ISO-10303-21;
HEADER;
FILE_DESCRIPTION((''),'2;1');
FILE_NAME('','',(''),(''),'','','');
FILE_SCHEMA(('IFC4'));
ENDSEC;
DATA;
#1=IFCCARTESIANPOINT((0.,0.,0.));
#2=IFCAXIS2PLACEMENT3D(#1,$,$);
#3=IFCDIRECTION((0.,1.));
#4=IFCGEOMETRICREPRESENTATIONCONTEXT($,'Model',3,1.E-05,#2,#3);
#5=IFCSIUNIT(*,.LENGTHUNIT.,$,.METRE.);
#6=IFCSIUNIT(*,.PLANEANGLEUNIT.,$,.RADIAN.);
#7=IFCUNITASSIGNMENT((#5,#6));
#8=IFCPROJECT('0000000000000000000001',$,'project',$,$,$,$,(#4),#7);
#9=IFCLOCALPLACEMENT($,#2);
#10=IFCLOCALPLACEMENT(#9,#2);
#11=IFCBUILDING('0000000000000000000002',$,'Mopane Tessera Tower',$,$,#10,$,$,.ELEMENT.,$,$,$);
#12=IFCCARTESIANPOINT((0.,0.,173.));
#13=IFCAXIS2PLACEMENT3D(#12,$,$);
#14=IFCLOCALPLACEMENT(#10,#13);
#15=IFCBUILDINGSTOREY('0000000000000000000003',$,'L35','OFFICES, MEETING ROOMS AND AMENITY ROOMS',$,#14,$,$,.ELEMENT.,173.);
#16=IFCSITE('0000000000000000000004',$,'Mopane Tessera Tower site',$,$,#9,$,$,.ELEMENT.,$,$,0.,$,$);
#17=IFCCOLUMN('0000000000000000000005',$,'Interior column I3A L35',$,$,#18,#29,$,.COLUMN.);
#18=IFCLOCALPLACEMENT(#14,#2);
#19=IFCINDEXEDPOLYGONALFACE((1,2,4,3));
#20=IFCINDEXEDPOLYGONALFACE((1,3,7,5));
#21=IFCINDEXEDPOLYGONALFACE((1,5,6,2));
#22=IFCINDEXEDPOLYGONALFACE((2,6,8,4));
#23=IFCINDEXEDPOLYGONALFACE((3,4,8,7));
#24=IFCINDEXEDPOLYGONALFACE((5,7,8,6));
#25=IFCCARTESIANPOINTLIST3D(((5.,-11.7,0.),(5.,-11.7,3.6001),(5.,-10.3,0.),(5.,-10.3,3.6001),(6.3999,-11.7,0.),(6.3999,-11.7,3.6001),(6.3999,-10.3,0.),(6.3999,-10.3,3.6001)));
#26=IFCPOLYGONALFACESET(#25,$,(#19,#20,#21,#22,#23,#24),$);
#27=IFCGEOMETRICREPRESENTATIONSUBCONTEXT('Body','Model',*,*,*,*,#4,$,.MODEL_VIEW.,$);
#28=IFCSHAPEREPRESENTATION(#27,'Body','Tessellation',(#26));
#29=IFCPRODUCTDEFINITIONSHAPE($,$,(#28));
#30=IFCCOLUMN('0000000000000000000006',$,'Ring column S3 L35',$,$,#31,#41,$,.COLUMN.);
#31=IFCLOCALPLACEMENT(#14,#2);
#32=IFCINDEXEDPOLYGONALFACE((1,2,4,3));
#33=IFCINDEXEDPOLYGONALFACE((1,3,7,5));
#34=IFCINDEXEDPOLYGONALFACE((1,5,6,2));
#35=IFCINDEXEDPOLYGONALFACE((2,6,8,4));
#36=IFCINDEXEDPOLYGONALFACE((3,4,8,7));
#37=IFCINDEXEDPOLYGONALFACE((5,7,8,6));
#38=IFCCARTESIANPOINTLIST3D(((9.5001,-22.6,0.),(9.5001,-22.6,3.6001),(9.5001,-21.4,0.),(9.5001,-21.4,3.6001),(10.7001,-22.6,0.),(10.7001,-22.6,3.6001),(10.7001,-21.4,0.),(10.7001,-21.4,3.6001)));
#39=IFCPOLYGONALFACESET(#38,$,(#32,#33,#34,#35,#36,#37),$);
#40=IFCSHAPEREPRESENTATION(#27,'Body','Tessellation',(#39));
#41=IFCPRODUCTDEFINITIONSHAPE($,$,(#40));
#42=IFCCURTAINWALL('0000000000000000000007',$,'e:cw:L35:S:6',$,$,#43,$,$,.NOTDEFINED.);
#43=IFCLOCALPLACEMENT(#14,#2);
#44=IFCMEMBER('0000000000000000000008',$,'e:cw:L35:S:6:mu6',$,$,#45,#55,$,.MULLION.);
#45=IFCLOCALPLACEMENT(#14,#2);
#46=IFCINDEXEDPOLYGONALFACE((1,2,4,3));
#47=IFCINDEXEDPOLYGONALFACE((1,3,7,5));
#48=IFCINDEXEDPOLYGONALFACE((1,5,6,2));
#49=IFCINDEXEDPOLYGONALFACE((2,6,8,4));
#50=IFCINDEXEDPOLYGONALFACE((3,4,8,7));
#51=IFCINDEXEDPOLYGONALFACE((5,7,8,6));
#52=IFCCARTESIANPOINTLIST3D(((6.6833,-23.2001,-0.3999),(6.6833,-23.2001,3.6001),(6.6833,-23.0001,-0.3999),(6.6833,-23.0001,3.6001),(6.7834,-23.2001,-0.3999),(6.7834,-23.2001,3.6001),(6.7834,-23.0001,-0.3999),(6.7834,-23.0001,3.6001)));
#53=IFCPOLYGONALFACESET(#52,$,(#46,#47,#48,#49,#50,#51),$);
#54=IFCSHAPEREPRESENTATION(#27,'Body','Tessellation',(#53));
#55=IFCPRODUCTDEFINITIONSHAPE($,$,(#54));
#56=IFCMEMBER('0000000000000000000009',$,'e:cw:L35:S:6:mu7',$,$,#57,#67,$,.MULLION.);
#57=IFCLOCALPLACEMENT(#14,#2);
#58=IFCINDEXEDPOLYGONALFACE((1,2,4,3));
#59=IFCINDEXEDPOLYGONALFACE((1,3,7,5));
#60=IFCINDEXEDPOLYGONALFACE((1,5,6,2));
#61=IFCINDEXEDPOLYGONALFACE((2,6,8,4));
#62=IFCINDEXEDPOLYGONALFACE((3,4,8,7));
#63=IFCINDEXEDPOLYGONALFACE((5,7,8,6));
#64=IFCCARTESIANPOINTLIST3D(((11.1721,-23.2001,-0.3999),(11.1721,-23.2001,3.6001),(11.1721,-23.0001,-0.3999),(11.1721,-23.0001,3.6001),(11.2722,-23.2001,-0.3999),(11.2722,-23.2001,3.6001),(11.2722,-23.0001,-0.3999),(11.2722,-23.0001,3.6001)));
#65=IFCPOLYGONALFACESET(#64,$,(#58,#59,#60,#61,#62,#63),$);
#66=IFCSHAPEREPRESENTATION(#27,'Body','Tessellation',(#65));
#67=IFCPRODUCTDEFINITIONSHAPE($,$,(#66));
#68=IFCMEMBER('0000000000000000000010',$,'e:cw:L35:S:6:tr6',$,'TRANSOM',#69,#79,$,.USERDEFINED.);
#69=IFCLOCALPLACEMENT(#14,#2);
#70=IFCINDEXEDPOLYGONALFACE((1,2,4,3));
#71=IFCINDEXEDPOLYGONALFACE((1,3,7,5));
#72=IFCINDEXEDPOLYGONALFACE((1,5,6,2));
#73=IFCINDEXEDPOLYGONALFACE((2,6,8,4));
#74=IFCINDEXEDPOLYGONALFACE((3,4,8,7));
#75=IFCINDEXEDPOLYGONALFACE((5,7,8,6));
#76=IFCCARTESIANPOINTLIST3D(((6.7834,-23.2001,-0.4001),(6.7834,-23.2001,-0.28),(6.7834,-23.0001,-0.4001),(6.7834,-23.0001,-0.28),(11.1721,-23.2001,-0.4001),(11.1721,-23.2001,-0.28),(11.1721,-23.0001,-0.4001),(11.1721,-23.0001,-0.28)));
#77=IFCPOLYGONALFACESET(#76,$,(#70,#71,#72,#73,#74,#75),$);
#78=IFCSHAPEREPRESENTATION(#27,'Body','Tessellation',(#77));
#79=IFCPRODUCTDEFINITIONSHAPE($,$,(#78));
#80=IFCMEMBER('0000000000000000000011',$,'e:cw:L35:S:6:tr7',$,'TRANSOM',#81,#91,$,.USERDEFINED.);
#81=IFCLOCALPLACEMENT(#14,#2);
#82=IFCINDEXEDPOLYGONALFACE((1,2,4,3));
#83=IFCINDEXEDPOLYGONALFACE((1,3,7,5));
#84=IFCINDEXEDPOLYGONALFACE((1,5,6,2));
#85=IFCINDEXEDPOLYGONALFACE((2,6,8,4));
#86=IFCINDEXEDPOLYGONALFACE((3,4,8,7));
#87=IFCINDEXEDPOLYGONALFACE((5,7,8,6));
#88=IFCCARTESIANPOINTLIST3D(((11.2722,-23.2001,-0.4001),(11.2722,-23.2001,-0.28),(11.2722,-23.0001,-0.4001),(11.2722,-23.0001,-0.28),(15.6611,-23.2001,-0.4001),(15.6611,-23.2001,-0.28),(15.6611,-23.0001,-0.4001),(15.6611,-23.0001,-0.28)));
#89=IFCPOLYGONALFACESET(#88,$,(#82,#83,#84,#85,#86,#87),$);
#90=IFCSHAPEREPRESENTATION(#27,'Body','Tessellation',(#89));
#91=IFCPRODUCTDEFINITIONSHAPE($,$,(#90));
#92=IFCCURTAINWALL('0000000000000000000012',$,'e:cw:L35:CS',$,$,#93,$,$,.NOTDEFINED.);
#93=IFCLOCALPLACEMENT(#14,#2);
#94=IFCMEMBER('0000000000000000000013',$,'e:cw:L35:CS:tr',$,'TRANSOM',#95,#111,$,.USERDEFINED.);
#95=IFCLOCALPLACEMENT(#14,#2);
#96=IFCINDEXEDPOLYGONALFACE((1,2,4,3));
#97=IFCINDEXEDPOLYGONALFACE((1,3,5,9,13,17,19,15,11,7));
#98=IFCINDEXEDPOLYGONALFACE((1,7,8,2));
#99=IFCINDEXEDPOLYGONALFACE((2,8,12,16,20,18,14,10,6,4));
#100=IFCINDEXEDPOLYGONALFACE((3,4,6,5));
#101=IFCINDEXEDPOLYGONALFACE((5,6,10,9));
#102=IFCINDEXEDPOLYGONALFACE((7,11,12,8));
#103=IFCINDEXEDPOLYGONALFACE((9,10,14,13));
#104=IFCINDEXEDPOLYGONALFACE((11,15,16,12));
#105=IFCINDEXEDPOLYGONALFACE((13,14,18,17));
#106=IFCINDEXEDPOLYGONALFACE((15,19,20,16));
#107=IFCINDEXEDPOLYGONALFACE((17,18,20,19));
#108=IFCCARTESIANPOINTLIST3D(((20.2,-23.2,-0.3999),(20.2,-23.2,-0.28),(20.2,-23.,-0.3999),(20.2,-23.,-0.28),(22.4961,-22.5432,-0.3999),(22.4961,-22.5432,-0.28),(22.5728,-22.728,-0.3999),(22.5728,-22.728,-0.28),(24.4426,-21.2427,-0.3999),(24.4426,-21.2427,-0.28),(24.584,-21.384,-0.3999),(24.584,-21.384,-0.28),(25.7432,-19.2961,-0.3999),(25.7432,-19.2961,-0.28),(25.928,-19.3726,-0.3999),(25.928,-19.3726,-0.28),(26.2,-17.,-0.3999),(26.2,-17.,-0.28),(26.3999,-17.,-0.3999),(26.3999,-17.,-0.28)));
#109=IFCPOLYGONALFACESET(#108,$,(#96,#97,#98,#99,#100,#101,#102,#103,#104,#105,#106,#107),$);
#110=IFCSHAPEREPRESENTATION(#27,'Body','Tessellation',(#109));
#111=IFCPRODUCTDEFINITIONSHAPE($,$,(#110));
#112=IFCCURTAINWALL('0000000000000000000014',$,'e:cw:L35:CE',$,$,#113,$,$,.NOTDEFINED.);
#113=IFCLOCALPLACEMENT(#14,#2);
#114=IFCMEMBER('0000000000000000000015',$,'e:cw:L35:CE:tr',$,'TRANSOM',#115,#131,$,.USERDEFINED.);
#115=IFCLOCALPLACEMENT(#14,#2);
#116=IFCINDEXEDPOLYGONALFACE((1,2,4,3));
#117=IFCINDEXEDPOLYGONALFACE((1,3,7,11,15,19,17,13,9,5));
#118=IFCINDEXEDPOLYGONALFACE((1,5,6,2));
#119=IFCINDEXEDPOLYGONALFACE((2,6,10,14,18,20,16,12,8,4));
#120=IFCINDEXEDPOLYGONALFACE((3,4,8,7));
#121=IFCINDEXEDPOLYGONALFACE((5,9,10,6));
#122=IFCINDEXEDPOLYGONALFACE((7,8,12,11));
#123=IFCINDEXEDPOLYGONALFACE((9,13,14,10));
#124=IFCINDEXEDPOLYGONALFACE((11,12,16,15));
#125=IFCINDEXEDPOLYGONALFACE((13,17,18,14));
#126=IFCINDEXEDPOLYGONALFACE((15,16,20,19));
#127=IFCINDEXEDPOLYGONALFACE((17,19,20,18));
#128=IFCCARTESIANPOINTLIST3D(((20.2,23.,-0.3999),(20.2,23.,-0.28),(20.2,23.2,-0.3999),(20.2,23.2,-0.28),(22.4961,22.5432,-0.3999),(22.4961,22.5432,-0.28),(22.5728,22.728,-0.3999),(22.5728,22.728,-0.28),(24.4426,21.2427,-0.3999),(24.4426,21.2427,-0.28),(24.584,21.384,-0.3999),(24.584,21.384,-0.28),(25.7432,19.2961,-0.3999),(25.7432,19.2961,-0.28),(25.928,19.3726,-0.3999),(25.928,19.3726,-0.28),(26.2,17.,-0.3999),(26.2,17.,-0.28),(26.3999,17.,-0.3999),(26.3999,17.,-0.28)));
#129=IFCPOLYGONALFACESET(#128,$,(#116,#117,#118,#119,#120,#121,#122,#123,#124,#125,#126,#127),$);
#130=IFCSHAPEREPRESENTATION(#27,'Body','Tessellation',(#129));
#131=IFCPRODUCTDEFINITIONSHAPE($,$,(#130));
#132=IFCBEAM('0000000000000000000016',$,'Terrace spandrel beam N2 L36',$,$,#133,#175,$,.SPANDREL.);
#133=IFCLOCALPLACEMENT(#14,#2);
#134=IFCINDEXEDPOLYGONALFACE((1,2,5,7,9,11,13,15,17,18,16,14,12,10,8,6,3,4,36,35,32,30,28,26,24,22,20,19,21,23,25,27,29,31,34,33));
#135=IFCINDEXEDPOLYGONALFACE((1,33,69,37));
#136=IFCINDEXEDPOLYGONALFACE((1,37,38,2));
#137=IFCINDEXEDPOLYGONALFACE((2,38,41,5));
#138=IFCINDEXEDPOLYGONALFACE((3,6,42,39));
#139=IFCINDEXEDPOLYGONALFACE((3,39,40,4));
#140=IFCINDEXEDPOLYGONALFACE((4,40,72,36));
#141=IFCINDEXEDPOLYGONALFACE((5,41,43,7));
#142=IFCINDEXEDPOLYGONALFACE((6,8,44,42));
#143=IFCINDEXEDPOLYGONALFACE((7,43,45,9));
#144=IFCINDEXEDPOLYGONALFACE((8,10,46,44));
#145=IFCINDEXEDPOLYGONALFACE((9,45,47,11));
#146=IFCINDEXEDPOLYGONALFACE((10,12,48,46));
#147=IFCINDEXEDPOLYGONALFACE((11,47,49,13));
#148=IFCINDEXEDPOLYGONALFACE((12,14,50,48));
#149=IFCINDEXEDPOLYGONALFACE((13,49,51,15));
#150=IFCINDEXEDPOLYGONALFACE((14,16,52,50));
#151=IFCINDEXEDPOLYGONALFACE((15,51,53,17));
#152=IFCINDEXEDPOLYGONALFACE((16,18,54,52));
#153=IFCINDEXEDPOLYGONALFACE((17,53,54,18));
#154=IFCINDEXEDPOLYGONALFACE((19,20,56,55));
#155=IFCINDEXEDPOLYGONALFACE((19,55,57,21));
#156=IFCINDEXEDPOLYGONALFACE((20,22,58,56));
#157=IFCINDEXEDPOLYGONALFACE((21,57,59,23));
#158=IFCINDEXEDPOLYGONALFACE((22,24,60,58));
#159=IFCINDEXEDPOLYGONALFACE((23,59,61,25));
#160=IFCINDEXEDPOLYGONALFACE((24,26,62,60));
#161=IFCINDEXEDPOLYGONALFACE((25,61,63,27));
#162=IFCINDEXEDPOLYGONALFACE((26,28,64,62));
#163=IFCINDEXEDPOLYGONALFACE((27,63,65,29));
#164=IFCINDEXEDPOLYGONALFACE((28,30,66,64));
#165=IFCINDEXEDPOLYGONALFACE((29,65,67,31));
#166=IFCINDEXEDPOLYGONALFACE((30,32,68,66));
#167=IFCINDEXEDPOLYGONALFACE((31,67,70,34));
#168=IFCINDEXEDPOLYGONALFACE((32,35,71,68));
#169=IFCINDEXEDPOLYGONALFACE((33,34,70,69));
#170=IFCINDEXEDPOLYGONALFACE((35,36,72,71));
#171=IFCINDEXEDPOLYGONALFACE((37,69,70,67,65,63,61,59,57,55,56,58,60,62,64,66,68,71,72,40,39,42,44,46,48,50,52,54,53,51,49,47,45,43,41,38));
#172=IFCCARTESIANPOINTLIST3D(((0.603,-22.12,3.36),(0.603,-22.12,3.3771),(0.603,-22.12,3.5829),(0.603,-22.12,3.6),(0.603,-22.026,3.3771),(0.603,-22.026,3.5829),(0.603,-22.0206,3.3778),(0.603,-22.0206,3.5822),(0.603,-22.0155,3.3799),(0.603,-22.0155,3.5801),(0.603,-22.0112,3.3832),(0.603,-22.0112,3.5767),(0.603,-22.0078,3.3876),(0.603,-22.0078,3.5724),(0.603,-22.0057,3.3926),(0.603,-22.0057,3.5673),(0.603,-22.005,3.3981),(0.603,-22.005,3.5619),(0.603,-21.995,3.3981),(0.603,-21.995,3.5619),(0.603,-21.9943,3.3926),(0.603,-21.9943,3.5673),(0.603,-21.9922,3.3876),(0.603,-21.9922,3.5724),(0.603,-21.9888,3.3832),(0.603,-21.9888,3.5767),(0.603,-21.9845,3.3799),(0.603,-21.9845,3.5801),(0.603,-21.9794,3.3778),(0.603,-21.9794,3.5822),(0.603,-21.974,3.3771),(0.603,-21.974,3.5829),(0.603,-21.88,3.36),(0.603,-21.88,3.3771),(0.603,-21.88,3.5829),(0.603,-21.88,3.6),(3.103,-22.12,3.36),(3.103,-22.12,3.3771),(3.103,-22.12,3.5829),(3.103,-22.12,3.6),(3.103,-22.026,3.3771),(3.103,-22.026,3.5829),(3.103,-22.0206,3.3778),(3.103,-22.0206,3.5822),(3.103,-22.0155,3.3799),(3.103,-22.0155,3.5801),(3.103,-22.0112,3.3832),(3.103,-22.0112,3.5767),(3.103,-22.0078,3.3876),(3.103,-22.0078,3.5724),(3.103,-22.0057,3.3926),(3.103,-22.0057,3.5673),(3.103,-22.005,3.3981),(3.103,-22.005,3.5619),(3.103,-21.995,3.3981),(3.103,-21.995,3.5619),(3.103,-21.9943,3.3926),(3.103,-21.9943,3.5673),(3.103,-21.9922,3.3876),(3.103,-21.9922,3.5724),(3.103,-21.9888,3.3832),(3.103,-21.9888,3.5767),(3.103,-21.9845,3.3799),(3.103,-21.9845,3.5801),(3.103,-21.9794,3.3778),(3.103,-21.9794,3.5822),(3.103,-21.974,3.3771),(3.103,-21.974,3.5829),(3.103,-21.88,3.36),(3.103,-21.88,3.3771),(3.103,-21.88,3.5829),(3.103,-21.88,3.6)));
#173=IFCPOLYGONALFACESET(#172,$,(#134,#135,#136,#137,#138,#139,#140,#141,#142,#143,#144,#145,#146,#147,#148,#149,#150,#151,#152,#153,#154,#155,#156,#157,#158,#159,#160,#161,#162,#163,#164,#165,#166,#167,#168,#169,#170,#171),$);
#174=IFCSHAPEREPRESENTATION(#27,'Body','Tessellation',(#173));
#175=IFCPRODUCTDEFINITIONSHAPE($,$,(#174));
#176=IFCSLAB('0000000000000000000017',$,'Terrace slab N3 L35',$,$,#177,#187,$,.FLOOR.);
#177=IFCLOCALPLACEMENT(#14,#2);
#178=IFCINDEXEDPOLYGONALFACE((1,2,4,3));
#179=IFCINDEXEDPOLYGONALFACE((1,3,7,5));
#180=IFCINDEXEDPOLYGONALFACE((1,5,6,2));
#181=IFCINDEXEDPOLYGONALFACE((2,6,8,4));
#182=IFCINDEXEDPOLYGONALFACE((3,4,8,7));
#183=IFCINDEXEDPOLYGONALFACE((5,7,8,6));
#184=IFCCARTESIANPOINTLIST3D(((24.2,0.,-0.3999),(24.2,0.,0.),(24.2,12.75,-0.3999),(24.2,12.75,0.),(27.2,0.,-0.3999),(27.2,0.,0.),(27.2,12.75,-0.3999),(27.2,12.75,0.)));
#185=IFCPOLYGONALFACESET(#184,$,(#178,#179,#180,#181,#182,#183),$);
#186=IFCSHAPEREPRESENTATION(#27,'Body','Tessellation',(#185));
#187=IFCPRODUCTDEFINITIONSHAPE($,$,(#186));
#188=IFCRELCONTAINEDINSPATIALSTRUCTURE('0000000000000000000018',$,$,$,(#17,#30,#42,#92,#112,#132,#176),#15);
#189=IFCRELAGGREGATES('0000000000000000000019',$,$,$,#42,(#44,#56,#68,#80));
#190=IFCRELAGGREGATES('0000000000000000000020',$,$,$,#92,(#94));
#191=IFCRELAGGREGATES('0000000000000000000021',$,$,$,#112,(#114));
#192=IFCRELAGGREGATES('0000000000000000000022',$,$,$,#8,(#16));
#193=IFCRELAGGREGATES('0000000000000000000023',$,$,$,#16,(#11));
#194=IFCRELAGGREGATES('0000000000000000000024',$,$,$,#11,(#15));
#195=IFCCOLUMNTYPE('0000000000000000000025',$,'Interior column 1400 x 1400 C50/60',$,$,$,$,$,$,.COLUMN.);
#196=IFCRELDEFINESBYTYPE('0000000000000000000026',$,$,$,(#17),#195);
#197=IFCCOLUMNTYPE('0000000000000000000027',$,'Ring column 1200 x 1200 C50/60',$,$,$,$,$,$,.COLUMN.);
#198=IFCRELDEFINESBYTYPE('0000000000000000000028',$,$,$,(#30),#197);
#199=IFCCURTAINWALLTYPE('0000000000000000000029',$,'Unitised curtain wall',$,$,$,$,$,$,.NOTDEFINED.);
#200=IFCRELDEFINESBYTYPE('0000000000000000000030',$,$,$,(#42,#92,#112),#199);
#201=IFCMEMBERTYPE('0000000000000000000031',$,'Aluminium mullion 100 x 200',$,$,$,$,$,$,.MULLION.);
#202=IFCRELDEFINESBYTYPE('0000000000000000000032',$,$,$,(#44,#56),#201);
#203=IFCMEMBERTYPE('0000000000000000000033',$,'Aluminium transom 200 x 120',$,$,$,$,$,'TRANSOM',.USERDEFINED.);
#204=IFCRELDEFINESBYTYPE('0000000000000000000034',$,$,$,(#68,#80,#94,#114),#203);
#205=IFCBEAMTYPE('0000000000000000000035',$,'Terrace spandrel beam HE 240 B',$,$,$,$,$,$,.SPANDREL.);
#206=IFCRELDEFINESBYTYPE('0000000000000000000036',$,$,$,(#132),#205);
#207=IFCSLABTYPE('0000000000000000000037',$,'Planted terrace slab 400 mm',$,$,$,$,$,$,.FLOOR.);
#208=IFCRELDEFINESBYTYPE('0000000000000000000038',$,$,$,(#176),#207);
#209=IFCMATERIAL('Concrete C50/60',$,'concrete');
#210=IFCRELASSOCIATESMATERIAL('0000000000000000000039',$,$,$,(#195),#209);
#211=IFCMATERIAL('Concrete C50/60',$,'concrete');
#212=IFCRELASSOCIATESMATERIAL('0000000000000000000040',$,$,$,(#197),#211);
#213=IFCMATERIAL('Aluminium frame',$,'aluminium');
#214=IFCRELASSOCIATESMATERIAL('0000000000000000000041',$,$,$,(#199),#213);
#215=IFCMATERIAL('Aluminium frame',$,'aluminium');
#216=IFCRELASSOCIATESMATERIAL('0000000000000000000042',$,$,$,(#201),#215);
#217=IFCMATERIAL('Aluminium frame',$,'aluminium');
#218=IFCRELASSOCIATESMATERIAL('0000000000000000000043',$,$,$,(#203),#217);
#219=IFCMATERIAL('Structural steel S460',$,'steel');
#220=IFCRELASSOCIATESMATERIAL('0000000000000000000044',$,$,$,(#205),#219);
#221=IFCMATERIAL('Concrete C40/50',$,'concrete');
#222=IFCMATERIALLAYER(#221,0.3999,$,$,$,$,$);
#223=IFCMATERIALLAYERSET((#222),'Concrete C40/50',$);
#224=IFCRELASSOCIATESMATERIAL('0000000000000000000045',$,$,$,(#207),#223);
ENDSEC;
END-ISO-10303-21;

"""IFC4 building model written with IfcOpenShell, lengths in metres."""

from ifc_helpers import new_model, si_unit, direction, frame, origin, origin_2d, place, context, subcontext, project, spatial, polyline, rectangle, i_section, outline, extrude, material, layer, layer_set, material_profile, profile_set, type_object, element, aggregate, save


model = new_model("IFC4")

# Units and contexts
model_context = context("Model", 3, precision=1e-05, world=origin(), true_north=direction((0.0, 1.0)))
body_context = subcontext(model_context, "Body", "Model", "MODEL_VIEW")
ifc_project = project(units=[si_unit("LENGTHUNIT", "METRE"), si_unit("PLANEANGLEUNIT", "RADIAN")], contexts=[model_context])

# Site, building, storey
site_placement = place(None, origin())
site = spatial("IfcSite", under=ifc_project, at=site_placement, Name="Mopane Tessera Tower site", CompositionType="ELEMENT", RefElevation=0.0)
building_placement = place(site_placement, origin())
building = spatial("IfcBuilding", under=site, at=building_placement, Name="Mopane Tessera Tower", CompositionType="ELEMENT")
storey_placement = place(building_placement, frame((0.0, 0.0, 173.0)))
storey = spatial("IfcBuildingStorey", under=building, at=storey_placement, Name="L35", Description="OFFICES, MEETING ROOMS AND AMENITY ROOMS", CompositionType="ELEMENT", Elevation=173.0)

# Columns
ifc_material_1 = material(Name="Concrete C50/60", Category="concrete")
ifc_material_profile_1 = material_profile(ifc_material_1, rectangle(XDim=1.3999, YDim=1.3999, at=origin_2d()))
ifc_profile_set_1 = profile_set([ifc_material_profile_1], Name="Concrete C50/60")
column_type_1 = type_object("IfcColumnType", Name="Interior column 1400 x 1400 C50/60", PredefinedType="COLUMN", material=ifc_profile_set_1)
column_1_placement = place(storey_placement, frame((5.7, -11.0, 0.0), z_axis=(0.0, 0.0, 1.0), x_axis=(1.0, 0.0, 0.0)))
element("IfcColumn", 1, at=column_1_placement, inside=storey, type_object=column_type_1, Name="Interior column I3A L35", PredefinedType="COLUMN", context=body_context, shape_type="SweptSolid", body=[
    extrude(rectangle(XDim=1.3999, YDim=1.3999, at=origin_2d()), origin(), (0.0, 0.0, 1.0), 3.6001),
])
ifc_material_2 = material(Name="Concrete C50/60", Category="concrete")
ifc_material_profile_2 = material_profile(ifc_material_2, rectangle(XDim=1.2, YDim=1.2, at=origin_2d()))
ifc_profile_set_2 = profile_set([ifc_material_profile_2], Name="Concrete C50/60")
column_type_2 = type_object("IfcColumnType", Name="Ring column 1200 x 1200 C50/60", PredefinedType="COLUMN", material=ifc_profile_set_2)
column_2_placement = place(storey_placement, frame((10.1001, -22.0, 0.0), z_axis=(0.0, 0.0, 1.0), x_axis=(1.0, 0.0, 0.0)))
element("IfcColumn", 2, at=column_2_placement, inside=storey, type_object=column_type_2, Name="Ring column S3 L35", PredefinedType="COLUMN", context=body_context, shape_type="SweptSolid", body=[
    extrude(rectangle(XDim=1.2, YDim=1.2, at=origin_2d()), origin(), (0.0, 0.0, 1.0), 3.6001),
])

# Curtain wall, members
ifc_material_3 = material(Name="Aluminium frame", Category="aluminium")
curtain_wall_type = type_object("IfcCurtainWallType", Name="Unitised curtain wall", PredefinedType="NOTDEFINED", material=ifc_material_3)
curtain_wall_1_placement = place(storey_placement, origin())
curtain_wall_1 = element("IfcCurtainWall", 3, at=curtain_wall_1_placement, inside=storey, type_object=curtain_wall_type, Name="e:cw:L35:S:6", PredefinedType="NOTDEFINED")
ifc_material_4 = material(Name="Aluminium frame", Category="aluminium")
ifc_material_profile_3 = material_profile(ifc_material_4, rectangle(XDim=0.1001, YDim=0.2, at=origin_2d()))
ifc_profile_set_3 = profile_set([ifc_material_profile_3], Name="Aluminium frame")
member_type_1 = type_object("IfcMemberType", Name="Aluminium mullion 100 x 200", PredefinedType="MULLION", material=ifc_profile_set_3)
member_1_placement = place(storey_placement, frame((6.7334, -23.1001, -0.3999), z_axis=(0.0, 0.0, 1.0), x_axis=(1.0, 0.0, 0.0)))
member_1 = element("IfcMember", 4, at=member_1_placement, type_object=member_type_1, Name="e:cw:L35:S:6:mu6", PredefinedType="MULLION", context=body_context, shape_type="SweptSolid", body=[
    extrude(rectangle(XDim=0.1001, YDim=0.2, at=origin_2d()), origin(), (0.0, 0.0, 1.0), 4.0),
])
member_2_placement = place(storey_placement, frame((11.2222, -23.1001, -0.3999), z_axis=(0.0, 0.0, 1.0), x_axis=(1.0, 0.0, 0.0)))
member_2 = element("IfcMember", 5, at=member_2_placement, type_object=member_type_1, Name="e:cw:L35:S:6:mu7", PredefinedType="MULLION", context=body_context, shape_type="SweptSolid", body=[
    extrude(rectangle(XDim=0.1001, YDim=0.2, at=origin_2d()), origin(), (0.0, 0.0, 1.0), 4.0),
])
ifc_material_5 = material(Name="Aluminium frame", Category="aluminium")
ifc_material_profile_4 = material_profile(ifc_material_5, rectangle(XDim=0.2, YDim=0.1201, at=origin_2d()))
ifc_profile_set_4 = profile_set([ifc_material_profile_4], Name="Aluminium frame")
member_type_2 = type_object("IfcMemberType", Name="Aluminium transom 200 x 120", ElementType="TRANSOM", PredefinedType="USERDEFINED", material=ifc_profile_set_4)
member_3_placement = place(storey_placement, frame((6.7834, -23.1001, -0.3401), z_axis=(1.0, 0.0, 0.0), x_axis=(0.0, 1.0, 0.0)))
member_3 = element("IfcMember", 6, at=member_3_placement, type_object=member_type_2, Name="e:cw:L35:S:6:tr6", ObjectType="TRANSOM", PredefinedType="USERDEFINED", context=body_context, shape_type="SweptSolid", body=[
    extrude(rectangle(XDim=0.2, YDim=0.1201, at=origin_2d()), origin(), (0.0, 0.0, 1.0), 4.3887),
])
member_4_placement = place(storey_placement, frame((11.2722, -23.1001, -0.3401), z_axis=(1.0, 0.0, 0.0), x_axis=(0.0, 1.0, 0.0)))
member_4 = element("IfcMember", 7, at=member_4_placement, type_object=member_type_2, Name="e:cw:L35:S:6:tr7", ObjectType="TRANSOM", PredefinedType="USERDEFINED", context=body_context, shape_type="SweptSolid", body=[
    extrude(rectangle(XDim=0.2, YDim=0.1201, at=origin_2d()), origin(), (0.0, 0.0, 1.0), 4.3889),
])

# Curtain walls, members
curtain_wall_2_placement = place(storey_placement, origin())
curtain_wall_2 = element("IfcCurtainWall", 8, at=curtain_wall_2_placement, inside=storey, type_object=curtain_wall_type, Name="e:cw:L35:CS", PredefinedType="NOTDEFINED")
member_5_placement = place(storey_placement, frame((0.0, 0.0, -0.3999)))
member_5 = element("IfcMember", 9, at=member_5_placement, type_object=member_type_2, Name="e:cw:L35:CS:tr", ObjectType="TRANSOM", PredefinedType="USERDEFINED", context=body_context, shape_type="SweptSolid", body=[
    extrude(outline(polyline([(20.2, -23.0), (22.4961, -22.5432), (24.4426, -21.2427), (25.7432, -19.2961), (26.2, -17.0), (26.3999, -17.0), (25.928, -19.3726), (24.584, -21.384), (22.5728, -22.728), (20.2, -23.2), (20.2, -23.0)])), origin(), (0.0, 0.0, 1.0), 0.1199),
])
curtain_wall_3_placement = place(storey_placement, origin())
curtain_wall_3 = element("IfcCurtainWall", 10, at=curtain_wall_3_placement, inside=storey, type_object=curtain_wall_type, Name="e:cw:L35:CE", PredefinedType="NOTDEFINED")
member_6_placement = place(storey_placement, frame((0.0, 0.0, -0.3999)))
member_6 = element("IfcMember", 11, at=member_6_placement, type_object=member_type_2, Name="e:cw:L35:CE:tr", ObjectType="TRANSOM", PredefinedType="USERDEFINED", context=body_context, shape_type="SweptSolid", body=[
    extrude(outline(polyline([(26.2, 17.0), (25.7432, 19.2961), (24.4426, 21.2427), (22.4961, 22.5432), (20.2, 23.0), (20.2, 23.2), (22.5728, 22.728), (24.584, 21.384), (25.928, 19.3726), (26.3999, 17.0), (26.2, 17.0)])), origin(), (0.0, 0.0, 1.0), 0.1199),
])

# Beam
ifc_material_6 = material(Name="Structural steel S460", Category="steel")
ifc_material_profile_5 = material_profile(ifc_material_6, i_section(OverallWidth=0.24, OverallDepth=0.24, WebThickness=0.01, FlangeThickness=0.0171, FilletRadius=0.021, at=origin_2d()))
ifc_profile_set_5 = profile_set([ifc_material_profile_5], Name="Structural steel S460")
beam_type = type_object("IfcBeamType", Name="Terrace spandrel beam HE 240 B", PredefinedType="SPANDREL", material=ifc_profile_set_5)
beam_placement = place(storey_placement, frame((0.603, -22.0, 3.48), z_axis=(1.0, 0.0, 0.0), x_axis=(0.0, 1.0, 0.0)))
element("IfcBeam", 12, at=beam_placement, inside=storey, type_object=beam_type, Name="Terrace spandrel beam N2 L36", PredefinedType="SPANDREL", context=body_context, shape_type="SweptSolid", body=[
    extrude(i_section(OverallWidth=0.24, OverallDepth=0.24, WebThickness=0.01, FlangeThickness=0.0171, FilletRadius=0.021, at=origin_2d()), origin(), (0.0, 0.0, 1.0), 2.5),
])

# Slab
ifc_material_7 = material(Name="Concrete C40/50", Category="concrete")
ifc_layer_1 = layer(ifc_material_7, 0.3999)
ifc_layer_set_1 = layer_set([ifc_layer_1], Name="Concrete C40/50")
slab_type = type_object("IfcSlabType", Name="Planted terrace slab 400 mm", PredefinedType="FLOOR", material=ifc_layer_set_1)
slab_placement = place(storey_placement, frame((0.0, 0.0, -0.3999)))
element("IfcSlab", 13, at=slab_placement, inside=storey, type_object=slab_type, Name="Terrace slab N3 L35", PredefinedType="FLOOR", context=body_context, shape_type="SweptSolid", body=[
    extrude(outline(polyline([(27.2, 12.75), (24.2, 12.75), (24.2, 0.0), (27.2, 0.0), (27.2, 12.75)])), origin(), (0.0, 0.0, 1.0), 0.3999),
])

aggregate(curtain_wall_1, [member_1, member_2, member_3, member_4])
aggregate(curtain_wall_2, [member_5])
aggregate(curtain_wall_3, [member_6])

save(model, "model.ifc")
